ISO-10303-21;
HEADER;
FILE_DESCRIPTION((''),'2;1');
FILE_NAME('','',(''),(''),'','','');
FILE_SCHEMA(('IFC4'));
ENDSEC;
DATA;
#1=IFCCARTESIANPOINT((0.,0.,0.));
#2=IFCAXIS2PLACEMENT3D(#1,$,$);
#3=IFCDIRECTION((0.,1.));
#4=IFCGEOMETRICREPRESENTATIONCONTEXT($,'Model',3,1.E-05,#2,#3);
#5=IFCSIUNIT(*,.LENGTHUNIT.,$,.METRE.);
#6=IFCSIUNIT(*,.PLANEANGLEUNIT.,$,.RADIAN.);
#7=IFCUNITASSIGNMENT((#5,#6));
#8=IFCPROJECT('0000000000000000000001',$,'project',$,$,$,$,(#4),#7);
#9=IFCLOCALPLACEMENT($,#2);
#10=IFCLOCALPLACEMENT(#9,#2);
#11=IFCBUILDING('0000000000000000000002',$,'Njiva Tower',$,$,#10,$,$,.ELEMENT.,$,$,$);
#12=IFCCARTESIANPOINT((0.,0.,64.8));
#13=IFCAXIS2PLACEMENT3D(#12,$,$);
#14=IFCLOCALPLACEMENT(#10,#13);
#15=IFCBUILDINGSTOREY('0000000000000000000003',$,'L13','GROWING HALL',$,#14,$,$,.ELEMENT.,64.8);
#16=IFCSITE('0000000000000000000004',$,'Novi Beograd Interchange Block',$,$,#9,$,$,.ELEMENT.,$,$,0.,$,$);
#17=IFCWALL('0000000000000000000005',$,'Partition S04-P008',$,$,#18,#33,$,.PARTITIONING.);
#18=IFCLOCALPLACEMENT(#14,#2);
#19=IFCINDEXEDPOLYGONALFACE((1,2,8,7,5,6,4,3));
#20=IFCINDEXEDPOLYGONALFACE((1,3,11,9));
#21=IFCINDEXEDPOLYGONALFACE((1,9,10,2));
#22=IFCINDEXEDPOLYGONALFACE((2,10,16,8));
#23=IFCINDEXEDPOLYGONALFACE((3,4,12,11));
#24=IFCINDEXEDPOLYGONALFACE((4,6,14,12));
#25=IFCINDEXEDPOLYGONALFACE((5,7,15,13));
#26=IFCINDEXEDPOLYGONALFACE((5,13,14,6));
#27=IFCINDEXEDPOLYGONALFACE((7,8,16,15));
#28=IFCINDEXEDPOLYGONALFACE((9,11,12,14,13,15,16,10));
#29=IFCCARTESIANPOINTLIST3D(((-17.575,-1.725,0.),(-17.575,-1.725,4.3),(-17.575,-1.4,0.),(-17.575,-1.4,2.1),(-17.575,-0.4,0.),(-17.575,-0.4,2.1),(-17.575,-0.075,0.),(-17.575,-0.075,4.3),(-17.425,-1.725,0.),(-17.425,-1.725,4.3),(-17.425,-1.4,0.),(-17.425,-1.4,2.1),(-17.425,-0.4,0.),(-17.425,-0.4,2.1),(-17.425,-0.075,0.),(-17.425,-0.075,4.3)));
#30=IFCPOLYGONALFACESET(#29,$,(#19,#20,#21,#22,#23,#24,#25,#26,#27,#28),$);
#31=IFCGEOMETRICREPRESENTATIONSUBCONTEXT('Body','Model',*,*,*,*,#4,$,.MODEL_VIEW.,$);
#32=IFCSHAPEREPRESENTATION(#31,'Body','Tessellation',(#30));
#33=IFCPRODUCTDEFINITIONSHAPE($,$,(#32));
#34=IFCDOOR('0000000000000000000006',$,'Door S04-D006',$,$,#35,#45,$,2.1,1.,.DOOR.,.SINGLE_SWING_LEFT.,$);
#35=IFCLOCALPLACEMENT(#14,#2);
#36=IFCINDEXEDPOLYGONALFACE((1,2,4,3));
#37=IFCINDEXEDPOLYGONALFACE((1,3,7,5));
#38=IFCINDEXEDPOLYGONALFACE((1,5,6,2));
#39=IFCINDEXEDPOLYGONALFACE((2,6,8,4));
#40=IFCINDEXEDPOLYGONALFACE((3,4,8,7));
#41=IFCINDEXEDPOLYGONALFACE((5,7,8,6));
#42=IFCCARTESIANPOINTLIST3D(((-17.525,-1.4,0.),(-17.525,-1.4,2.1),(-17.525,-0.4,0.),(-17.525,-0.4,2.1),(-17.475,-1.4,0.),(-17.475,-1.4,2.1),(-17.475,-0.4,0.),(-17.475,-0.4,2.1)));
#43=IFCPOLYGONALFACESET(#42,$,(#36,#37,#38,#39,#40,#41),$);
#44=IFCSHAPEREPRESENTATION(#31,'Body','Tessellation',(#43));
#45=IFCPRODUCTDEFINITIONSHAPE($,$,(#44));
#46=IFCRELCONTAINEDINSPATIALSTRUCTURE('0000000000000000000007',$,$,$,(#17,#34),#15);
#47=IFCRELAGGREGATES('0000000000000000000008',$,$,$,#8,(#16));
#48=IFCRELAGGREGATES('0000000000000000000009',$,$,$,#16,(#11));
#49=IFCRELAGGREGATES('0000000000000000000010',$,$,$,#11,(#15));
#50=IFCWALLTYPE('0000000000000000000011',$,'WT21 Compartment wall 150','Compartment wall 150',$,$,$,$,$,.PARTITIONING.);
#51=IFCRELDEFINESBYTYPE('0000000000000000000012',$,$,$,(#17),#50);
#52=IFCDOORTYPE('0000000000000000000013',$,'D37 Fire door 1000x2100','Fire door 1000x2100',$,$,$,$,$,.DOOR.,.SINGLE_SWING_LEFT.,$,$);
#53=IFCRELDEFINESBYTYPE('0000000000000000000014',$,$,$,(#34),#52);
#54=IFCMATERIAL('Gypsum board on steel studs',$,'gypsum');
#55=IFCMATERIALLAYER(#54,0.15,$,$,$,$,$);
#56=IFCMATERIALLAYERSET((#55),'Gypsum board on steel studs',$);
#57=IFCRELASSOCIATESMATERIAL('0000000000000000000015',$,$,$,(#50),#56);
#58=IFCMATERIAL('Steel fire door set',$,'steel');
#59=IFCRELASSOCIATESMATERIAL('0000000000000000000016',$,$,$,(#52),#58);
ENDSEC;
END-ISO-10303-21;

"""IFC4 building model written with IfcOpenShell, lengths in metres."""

from ifc_helpers import new_model, si_unit, direction, frame, frame_2d, origin, place, context, subcontext, project, spatial, rectangle, extrude, material, layer, layer_set, type_object, element, fill, save


model = new_model("IFC4")

# Units and contexts
model_context = context("Model", 3, precision=1e-05, world=origin(), true_north=direction((0.0, 1.0)))
body_context = subcontext(model_context, "Body", "Model", "MODEL_VIEW")
ifc_project = project(units=[si_unit("LENGTHUNIT", "METRE"), si_unit("PLANEANGLEUNIT", "RADIAN")], contexts=[model_context])

# Site, building, storey
site_placement = place(None, origin())
site = spatial("IfcSite", under=ifc_project, at=site_placement, Name="Novi Beograd Interchange Block", CompositionType="ELEMENT", RefElevation=0.0)
building_placement = place(site_placement, origin())
building = spatial("IfcBuilding", under=site, at=building_placement, Name="Njiva Tower", CompositionType="ELEMENT")
storey_placement = place(building_placement, frame((0.0, 0.0, 64.8)))
storey = spatial("IfcBuildingStorey", under=building, at=storey_placement, Name="L13", Description="GROWING HALL", CompositionType="ELEMENT", Elevation=64.8)

# Shared definitions
ifc_material_1 = material(Name="Gypsum board on steel studs", Category="gypsum")
ifc_layer = layer(ifc_material_1, 0.15)
ifc_layer_set = layer_set([ifc_layer], Name="Gypsum board on steel studs")
wall_type = type_object("IfcWallType", Name="WT21 Compartment wall 150", Description="Compartment wall 150", PredefinedType="PARTITIONING", material=ifc_layer_set)

# Shared definitions
ifc_material_2 = material(Name="Steel fire door set", Category="steel")
door_type = type_object("IfcDoorType", Name="D37 Fire door 1000x2100", Description="Fire door 1000x2100", OperationType="SINGLE_SWING_LEFT", PredefinedType="DOOR", material=ifc_material_2)

# Wall, opening, door
wall_1_placement = place(storey_placement, frame((-17.5, -1.725, 0.0), z_axis=(0.0, 0.0, 1.0), x_axis=(0.0, 1.0, 0.0)))
wall_1 = element("IfcWall", 1, at=wall_1_placement, inside=storey, type_object=wall_type, Name="Partition S04-P008", PredefinedType="PARTITIONING", context=body_context, shape_type="SweptSolid", body=[
    extrude(rectangle(XDim=1.65, YDim=0.15, at=frame_2d((0.825, 0.0))), origin(), (0.0, 0.0, 1.0), 4.3),
])
opening_1_placement = place(wall_1_placement, frame((0.325, 0.0, 0.0)))
opening_1 = element("IfcOpeningElement", 2, at=opening_1_placement, cuts=wall_1, PredefinedType="OPENING", context=body_context, shape_type="SweptSolid", body=[
    extrude(rectangle(XDim=1.0, YDim=2.1, at=frame_2d((0.5, 1.05))), frame((0.0, 0.085, 0.0), z_axis=(0.0, -1.0, 0.0), x_axis=(1.0, 0.0, 0.0)), (0.0, 0.0, 1.0), 0.17),
])
door_1_placement = place(opening_1_placement, origin())
door_1 = element("IfcDoor", 3, at=door_1_placement, inside=storey, type_object=door_type, Name="Door S04-D006", OperationType="SINGLE_SWING_LEFT", OverallHeight=2.1, OverallWidth=1.0, PredefinedType="DOOR", context=body_context, shape_type="SweptSolid", body=[
    extrude(rectangle(XDim=1.0, YDim=2.1, at=frame_2d((0.5, 1.05))), frame((0.0, 0.025, 0.0), z_axis=(0.0, -1.0, 0.0), x_axis=(1.0, 0.0, 0.0)), (0.0, 0.0, 1.0), 0.05),
])
fill(opening_1, door_1)

save(model, "model.ifc")
